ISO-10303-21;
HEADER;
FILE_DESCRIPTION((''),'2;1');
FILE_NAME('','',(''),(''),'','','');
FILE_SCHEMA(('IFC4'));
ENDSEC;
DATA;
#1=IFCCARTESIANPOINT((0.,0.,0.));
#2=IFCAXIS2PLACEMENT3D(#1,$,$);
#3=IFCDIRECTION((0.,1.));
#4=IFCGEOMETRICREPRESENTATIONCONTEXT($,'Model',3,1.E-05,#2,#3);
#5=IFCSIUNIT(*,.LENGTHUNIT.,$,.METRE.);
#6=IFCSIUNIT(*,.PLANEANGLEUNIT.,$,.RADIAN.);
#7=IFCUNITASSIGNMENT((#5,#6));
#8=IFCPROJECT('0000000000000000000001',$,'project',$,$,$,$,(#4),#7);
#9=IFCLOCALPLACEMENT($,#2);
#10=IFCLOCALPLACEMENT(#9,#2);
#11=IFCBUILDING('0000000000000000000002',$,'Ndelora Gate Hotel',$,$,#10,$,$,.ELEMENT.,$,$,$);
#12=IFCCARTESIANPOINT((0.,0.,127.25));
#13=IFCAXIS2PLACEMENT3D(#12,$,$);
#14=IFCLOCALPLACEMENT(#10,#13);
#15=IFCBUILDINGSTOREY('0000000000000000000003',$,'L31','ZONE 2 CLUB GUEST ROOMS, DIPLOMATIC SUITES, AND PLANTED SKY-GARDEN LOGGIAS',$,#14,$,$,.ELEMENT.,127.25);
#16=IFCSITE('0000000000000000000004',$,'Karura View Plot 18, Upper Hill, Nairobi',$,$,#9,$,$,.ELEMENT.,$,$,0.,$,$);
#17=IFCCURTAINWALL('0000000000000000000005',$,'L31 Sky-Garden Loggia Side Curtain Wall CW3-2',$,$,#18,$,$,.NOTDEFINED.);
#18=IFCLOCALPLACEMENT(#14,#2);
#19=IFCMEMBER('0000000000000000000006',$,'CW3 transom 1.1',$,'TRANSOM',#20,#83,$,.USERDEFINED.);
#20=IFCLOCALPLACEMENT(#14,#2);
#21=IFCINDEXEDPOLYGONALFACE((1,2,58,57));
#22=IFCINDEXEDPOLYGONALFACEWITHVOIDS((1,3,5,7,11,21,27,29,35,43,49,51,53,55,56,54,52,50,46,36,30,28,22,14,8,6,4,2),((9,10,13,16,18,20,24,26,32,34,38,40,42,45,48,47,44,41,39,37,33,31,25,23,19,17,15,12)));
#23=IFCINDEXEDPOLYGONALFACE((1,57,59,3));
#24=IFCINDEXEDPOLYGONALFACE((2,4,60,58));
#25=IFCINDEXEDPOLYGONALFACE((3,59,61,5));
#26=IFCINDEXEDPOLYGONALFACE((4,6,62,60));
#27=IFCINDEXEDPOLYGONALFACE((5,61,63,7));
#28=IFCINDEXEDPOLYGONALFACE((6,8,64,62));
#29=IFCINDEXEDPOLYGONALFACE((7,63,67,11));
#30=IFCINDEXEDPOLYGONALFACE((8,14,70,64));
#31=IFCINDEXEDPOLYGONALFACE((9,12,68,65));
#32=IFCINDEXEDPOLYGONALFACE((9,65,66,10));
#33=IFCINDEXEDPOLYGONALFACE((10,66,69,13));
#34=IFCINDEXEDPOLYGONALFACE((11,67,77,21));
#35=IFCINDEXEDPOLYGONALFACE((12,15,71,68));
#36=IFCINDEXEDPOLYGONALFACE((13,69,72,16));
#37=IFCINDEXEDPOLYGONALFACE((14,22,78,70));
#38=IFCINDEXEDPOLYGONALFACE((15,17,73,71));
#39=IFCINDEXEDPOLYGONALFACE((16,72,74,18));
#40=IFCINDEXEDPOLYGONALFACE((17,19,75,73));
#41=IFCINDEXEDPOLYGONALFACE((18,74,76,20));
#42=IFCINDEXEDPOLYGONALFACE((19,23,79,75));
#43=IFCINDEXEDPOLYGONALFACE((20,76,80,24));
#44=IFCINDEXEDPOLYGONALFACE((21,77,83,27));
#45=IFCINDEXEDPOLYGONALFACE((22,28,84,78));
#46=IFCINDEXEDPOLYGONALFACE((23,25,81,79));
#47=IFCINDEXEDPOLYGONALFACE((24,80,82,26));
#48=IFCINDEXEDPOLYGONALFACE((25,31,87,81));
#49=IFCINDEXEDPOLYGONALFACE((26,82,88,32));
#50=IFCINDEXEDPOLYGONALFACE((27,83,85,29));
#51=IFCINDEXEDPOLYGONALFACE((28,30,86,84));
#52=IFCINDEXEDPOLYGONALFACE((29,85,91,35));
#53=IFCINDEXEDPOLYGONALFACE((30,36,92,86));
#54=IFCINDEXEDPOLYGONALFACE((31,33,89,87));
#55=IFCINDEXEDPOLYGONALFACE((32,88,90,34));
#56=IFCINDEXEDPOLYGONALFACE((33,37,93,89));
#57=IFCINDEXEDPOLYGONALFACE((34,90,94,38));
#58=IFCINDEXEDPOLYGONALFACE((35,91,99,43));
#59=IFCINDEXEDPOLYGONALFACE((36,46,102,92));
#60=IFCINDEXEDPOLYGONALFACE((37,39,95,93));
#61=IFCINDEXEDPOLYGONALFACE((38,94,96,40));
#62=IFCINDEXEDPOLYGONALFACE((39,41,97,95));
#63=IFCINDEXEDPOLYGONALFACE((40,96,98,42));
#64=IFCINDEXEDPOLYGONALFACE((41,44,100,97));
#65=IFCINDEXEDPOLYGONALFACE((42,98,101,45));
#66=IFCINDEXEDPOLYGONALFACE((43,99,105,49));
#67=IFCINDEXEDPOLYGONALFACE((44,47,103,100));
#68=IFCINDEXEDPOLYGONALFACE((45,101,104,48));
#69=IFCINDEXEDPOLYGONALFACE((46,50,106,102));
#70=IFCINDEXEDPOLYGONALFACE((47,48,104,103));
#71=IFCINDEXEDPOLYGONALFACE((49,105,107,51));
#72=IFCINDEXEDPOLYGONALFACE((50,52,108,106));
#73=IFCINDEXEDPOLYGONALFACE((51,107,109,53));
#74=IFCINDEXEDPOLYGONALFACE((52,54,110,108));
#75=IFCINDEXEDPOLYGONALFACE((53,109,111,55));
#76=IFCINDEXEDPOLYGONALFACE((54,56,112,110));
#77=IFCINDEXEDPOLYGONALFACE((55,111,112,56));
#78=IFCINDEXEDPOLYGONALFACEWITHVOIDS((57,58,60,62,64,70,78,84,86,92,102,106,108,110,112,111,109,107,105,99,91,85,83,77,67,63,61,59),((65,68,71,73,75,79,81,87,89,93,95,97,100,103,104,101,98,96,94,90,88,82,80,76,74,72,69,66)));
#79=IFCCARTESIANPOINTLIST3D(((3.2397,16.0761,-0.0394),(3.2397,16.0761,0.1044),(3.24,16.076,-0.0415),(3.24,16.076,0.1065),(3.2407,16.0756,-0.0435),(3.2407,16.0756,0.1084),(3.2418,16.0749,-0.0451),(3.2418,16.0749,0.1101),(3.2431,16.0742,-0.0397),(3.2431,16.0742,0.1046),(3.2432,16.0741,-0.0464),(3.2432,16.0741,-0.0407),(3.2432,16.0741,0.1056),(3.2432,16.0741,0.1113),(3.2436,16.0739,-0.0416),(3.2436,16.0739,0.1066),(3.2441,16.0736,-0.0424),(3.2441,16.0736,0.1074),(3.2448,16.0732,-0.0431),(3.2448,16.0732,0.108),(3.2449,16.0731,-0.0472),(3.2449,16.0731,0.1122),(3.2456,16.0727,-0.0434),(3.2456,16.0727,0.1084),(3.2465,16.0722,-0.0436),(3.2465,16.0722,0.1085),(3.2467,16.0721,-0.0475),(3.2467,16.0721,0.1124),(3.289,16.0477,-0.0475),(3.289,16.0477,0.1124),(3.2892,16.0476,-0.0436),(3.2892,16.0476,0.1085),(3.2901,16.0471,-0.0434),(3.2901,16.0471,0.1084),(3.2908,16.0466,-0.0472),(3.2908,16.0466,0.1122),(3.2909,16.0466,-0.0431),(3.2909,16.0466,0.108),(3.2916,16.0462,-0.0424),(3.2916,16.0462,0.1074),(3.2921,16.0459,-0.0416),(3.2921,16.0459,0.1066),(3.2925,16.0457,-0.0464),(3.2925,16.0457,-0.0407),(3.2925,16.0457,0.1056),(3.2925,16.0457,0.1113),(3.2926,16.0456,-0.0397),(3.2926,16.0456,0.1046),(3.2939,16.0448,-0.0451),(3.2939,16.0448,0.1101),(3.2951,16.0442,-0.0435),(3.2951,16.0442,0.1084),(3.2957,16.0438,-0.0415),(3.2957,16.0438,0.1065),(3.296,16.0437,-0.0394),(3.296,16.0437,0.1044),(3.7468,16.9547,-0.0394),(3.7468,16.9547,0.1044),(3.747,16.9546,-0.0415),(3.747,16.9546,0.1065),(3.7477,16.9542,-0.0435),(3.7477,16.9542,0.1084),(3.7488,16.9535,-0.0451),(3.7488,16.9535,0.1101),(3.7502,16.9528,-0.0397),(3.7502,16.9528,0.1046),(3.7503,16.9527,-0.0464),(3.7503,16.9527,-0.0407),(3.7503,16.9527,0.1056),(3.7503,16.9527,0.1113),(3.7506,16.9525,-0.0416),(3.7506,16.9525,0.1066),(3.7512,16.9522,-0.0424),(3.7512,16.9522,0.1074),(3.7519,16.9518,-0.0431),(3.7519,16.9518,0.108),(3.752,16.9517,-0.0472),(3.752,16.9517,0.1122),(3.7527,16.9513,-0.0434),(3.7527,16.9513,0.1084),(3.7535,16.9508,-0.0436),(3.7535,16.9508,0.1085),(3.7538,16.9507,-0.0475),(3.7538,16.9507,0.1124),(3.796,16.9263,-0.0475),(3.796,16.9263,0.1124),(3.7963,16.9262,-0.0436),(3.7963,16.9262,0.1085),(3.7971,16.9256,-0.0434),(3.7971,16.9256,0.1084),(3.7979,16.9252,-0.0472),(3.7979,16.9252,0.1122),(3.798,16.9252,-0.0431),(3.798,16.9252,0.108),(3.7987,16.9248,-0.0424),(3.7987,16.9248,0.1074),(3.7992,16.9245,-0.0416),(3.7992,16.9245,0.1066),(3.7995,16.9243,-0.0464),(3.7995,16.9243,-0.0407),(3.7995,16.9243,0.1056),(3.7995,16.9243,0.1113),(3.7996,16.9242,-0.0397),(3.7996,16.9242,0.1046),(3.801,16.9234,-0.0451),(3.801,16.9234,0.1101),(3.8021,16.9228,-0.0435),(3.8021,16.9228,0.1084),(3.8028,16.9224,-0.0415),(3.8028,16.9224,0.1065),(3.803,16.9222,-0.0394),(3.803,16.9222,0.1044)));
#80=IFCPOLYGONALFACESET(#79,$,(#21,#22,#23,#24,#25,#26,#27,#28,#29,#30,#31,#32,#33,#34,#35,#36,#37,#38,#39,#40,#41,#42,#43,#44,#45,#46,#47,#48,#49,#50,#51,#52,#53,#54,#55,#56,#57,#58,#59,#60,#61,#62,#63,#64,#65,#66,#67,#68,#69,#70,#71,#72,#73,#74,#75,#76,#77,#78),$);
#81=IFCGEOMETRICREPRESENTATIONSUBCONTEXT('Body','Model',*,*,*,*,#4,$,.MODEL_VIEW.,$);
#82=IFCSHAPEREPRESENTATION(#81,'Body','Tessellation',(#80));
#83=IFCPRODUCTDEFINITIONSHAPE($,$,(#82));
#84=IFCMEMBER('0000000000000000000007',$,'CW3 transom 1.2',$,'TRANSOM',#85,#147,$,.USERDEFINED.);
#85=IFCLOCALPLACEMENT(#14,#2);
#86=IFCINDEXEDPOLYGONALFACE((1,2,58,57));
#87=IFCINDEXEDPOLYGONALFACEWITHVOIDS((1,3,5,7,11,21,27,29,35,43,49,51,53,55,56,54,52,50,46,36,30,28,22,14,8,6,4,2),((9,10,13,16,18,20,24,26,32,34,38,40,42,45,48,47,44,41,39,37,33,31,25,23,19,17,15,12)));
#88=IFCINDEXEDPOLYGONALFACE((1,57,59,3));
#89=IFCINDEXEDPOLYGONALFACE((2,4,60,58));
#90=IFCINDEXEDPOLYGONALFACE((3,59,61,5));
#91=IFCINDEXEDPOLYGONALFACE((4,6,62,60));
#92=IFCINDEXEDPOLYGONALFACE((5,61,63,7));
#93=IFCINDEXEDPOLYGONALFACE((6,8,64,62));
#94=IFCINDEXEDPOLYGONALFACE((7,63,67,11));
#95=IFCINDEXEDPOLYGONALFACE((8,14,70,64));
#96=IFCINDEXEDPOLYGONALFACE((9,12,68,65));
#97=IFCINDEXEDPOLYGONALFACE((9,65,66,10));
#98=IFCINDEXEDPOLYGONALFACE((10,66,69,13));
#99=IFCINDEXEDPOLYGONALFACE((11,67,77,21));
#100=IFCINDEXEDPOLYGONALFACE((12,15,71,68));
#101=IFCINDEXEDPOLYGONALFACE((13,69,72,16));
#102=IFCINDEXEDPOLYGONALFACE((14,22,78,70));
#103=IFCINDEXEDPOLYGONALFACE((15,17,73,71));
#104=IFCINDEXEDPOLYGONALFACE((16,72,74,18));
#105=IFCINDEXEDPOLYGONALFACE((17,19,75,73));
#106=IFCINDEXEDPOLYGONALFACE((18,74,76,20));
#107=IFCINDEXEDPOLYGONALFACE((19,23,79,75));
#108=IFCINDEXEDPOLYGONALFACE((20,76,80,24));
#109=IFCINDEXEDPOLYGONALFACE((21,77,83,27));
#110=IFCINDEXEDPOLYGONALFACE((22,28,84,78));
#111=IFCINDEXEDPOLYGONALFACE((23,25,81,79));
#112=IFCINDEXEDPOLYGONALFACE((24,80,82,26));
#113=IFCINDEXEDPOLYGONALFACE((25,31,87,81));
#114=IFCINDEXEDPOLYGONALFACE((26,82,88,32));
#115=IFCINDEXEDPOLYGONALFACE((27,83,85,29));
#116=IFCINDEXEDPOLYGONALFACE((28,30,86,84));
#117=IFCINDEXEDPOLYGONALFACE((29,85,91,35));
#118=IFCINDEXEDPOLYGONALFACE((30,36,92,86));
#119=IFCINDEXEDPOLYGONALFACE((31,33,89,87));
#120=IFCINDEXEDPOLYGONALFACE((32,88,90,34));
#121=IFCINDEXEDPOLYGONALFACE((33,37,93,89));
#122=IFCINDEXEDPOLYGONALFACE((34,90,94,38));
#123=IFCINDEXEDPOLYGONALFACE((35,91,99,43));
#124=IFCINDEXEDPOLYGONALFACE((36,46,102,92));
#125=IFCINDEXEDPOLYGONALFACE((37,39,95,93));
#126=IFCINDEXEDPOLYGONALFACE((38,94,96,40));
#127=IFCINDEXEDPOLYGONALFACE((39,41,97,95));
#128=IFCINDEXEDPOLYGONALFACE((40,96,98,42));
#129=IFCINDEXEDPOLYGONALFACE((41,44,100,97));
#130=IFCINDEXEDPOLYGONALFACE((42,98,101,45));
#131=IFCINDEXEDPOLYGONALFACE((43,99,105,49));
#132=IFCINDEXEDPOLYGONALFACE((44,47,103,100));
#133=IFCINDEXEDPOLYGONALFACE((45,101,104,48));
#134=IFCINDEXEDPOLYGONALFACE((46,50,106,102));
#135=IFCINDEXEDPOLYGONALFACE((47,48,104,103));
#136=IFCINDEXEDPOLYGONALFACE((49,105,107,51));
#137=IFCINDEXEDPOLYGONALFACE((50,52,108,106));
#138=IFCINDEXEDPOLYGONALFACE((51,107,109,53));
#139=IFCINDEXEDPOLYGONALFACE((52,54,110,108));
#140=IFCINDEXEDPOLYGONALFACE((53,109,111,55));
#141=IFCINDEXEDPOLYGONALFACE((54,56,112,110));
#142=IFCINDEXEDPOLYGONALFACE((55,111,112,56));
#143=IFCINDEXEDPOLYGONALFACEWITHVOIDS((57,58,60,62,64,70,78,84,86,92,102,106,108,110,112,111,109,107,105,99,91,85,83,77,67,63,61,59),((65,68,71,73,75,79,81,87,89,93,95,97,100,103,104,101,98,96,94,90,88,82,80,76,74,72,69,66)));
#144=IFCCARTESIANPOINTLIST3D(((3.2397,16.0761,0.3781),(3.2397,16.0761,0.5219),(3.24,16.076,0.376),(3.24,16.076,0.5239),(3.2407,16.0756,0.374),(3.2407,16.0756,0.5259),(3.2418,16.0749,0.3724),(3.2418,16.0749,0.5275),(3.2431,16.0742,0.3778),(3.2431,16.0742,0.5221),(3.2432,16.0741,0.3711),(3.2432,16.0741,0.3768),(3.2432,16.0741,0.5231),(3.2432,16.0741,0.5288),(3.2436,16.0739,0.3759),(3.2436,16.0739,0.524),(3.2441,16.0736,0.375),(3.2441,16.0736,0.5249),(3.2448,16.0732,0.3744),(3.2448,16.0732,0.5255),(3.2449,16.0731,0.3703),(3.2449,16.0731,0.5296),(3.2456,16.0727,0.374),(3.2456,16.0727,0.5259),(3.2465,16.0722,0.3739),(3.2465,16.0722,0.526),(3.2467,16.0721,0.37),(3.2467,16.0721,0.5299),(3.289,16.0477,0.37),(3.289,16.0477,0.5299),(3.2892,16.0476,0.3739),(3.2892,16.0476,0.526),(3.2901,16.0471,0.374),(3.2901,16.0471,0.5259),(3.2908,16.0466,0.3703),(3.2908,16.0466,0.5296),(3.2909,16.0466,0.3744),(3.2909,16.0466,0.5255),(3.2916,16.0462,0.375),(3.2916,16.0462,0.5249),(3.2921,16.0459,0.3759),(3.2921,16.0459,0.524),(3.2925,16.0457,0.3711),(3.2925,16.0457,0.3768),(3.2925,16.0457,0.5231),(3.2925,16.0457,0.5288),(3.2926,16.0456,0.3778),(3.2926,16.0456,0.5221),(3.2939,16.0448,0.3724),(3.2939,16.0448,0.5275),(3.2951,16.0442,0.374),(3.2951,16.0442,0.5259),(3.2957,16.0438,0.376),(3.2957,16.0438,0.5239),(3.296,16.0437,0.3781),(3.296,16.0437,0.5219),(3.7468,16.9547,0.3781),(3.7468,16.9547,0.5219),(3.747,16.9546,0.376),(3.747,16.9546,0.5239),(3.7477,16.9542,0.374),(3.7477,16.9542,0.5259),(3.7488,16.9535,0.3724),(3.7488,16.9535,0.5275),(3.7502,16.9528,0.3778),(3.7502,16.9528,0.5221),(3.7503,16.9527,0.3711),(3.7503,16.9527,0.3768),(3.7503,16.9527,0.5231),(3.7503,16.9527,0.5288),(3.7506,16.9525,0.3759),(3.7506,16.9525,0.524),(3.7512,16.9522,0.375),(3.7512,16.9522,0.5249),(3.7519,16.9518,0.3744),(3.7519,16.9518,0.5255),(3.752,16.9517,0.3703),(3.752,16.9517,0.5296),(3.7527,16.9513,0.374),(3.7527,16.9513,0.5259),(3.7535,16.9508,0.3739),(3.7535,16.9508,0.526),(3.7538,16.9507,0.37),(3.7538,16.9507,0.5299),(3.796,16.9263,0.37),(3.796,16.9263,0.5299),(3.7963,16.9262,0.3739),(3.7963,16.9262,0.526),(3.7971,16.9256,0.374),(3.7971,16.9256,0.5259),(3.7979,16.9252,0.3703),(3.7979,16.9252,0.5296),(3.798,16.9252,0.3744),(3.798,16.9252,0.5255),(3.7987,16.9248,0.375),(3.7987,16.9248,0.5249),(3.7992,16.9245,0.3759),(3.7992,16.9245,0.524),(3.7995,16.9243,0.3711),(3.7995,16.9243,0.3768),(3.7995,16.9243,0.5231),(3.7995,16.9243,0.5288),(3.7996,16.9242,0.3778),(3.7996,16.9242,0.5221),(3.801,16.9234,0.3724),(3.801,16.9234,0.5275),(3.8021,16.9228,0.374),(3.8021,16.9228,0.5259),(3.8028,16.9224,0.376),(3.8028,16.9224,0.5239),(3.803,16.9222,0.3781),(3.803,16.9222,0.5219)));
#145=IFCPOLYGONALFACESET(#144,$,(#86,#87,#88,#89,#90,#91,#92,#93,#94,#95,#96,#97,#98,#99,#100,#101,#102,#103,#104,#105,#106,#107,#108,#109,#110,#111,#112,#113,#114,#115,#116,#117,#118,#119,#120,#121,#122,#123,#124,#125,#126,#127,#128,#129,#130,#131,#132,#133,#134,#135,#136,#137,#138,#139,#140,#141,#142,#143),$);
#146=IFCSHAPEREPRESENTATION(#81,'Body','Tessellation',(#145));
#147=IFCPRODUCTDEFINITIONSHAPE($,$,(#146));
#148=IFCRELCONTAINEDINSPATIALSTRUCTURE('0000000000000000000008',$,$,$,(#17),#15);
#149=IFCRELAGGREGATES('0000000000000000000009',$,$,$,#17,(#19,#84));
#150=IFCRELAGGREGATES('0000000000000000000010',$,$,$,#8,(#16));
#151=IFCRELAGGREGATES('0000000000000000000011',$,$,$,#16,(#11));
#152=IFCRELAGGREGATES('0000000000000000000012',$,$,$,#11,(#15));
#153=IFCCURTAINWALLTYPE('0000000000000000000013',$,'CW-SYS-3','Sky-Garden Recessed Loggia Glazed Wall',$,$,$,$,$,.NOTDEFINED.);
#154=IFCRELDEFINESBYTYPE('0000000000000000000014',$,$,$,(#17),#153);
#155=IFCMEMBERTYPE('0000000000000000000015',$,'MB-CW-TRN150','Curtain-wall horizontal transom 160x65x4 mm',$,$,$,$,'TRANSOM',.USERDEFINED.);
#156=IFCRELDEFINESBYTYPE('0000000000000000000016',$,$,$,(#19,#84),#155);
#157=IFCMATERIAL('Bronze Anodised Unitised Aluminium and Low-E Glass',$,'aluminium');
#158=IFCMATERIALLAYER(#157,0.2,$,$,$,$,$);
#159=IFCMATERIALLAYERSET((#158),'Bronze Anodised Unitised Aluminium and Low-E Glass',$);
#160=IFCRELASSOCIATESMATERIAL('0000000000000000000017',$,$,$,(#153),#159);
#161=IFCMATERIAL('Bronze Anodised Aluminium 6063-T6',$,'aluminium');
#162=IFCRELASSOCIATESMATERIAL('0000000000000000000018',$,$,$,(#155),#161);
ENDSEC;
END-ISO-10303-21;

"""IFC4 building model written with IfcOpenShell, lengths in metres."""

from ifc_helpers import new_model, si_unit, direction, frame, origin, origin_2d, place, context, subcontext, project, spatial, hollow_rectangle, extrude, material, layer, layer_set, material_profile, profile_set, type_object, element, aggregate, save


model = new_model("IFC4")

# Units and contexts
model_context = context("Model", 3, precision=1e-05, world=origin(), true_north=direction((0.0, 1.0)))
body_context = subcontext(model_context, "Body", "Model", "MODEL_VIEW")
ifc_project = project(units=[si_unit("LENGTHUNIT", "METRE"), si_unit("PLANEANGLEUNIT", "RADIAN")], contexts=[model_context])

# Site, building, storey
site_placement = place(None, origin())
site = spatial("IfcSite", under=ifc_project, at=site_placement, Name="Karura View Plot 18, Upper Hill, Nairobi", CompositionType="ELEMENT", RefElevation=0.0)
building_placement = place(site_placement, origin())
building = spatial("IfcBuilding", under=site, at=building_placement, Name="Ndelora Gate Hotel", CompositionType="ELEMENT")
storey_placement = place(building_placement, frame((0.0, 0.0, 127.25)))
storey = spatial("IfcBuildingStorey", under=building, at=storey_placement, Name="L31", Description="ZONE 2 CLUB GUEST ROOMS, DIPLOMATIC SUITES, AND PLANTED SKY-GARDEN LOGGIAS", CompositionType="ELEMENT", Elevation=127.25)

# Curtain wall, members
ifc_material_1 = material(Name="Bronze Anodised Unitised Aluminium and Low-E Glass", Category="aluminium")
ifc_layer_1 = layer(ifc_material_1, 0.2)
ifc_layer_set_1 = layer_set([ifc_layer_1], Name="Bronze Anodised Unitised Aluminium and Low-E Glass")
curtain_wall_type = type_object("IfcCurtainWallType", Name="CW-SYS-3", Description="Sky-Garden Recessed Loggia Glazed Wall", PredefinedType="NOTDEFINED", material=ifc_layer_set_1)
curtain_wall_placement = place(storey_placement, origin())
curtain_wall = element("IfcCurtainWall", 1, at=curtain_wall_placement, inside=storey, type_object=curtain_wall_type, Name="L31 Sky-Garden Loggia Side Curtain Wall CW3-2", PredefinedType="NOTDEFINED")
ifc_material_2 = material(Name="Bronze Anodised Aluminium 6063-T6", Category="aluminium")
ifc_material_profile_1 = material_profile(ifc_material_2, hollow_rectangle(XDim=0.0649, YDim=0.1599, WallThickness=0.0039, InnerFilletRadius=0.0039, OuterFilletRadius=0.0081, at=origin_2d()), Name="ALU 160x65x4")
ifc_profile_set_1 = profile_set([ifc_material_profile_1], Name="Bronze Anodised Aluminium 6063-T6")
member_type_1 = type_object("IfcMemberType", Name="MB-CW-TRN150", Description="Curtain-wall horizontal transom 160x65x4 mm", ElementType="TRANSOM", PredefinedType="USERDEFINED", material=ifc_profile_set_1)
member_1_placement = place(storey_placement, frame((3.7749, 16.9385, 0.0325), z_axis=(-0.499841, -0.866117, 0.0), x_axis=(0.866117, -0.499841, 0.0)))
member_1 = element("IfcMember", 2, at=member_1_placement, type_object=member_type_1, Name="CW3 transom 1.1", ObjectType="TRANSOM", PredefinedType="USERDEFINED", context=body_context, shape_type="SweptSolid", body=[
    extrude(hollow_rectangle(XDim=0.0649, YDim=0.1599, WallThickness=0.0039, InnerFilletRadius=0.0039, OuterFilletRadius=0.0081, at=origin_2d()), origin(), (0.0, 0.0, 1.0), 1.0144),
])
member_2_placement = place(storey_placement, frame((3.7749, 16.9385, 0.45), z_axis=(-0.499841, -0.866117, 0.0), x_axis=(0.866117, -0.499841, 0.0)))
member_2 = element("IfcMember", 3, at=member_2_placement, type_object=member_type_1, Name="CW3 transom 1.2", ObjectType="TRANSOM", PredefinedType="USERDEFINED", context=body_context, shape_type="SweptSolid", body=[
    extrude(hollow_rectangle(XDim=0.0649, YDim=0.1599, WallThickness=0.0039, InnerFilletRadius=0.0039, OuterFilletRadius=0.0081, at=origin_2d()), origin(), (0.0, 0.0, 1.0), 1.0144),
])
aggregate(curtain_wall, [member_1, member_2])

save(model, "model.ifc")
